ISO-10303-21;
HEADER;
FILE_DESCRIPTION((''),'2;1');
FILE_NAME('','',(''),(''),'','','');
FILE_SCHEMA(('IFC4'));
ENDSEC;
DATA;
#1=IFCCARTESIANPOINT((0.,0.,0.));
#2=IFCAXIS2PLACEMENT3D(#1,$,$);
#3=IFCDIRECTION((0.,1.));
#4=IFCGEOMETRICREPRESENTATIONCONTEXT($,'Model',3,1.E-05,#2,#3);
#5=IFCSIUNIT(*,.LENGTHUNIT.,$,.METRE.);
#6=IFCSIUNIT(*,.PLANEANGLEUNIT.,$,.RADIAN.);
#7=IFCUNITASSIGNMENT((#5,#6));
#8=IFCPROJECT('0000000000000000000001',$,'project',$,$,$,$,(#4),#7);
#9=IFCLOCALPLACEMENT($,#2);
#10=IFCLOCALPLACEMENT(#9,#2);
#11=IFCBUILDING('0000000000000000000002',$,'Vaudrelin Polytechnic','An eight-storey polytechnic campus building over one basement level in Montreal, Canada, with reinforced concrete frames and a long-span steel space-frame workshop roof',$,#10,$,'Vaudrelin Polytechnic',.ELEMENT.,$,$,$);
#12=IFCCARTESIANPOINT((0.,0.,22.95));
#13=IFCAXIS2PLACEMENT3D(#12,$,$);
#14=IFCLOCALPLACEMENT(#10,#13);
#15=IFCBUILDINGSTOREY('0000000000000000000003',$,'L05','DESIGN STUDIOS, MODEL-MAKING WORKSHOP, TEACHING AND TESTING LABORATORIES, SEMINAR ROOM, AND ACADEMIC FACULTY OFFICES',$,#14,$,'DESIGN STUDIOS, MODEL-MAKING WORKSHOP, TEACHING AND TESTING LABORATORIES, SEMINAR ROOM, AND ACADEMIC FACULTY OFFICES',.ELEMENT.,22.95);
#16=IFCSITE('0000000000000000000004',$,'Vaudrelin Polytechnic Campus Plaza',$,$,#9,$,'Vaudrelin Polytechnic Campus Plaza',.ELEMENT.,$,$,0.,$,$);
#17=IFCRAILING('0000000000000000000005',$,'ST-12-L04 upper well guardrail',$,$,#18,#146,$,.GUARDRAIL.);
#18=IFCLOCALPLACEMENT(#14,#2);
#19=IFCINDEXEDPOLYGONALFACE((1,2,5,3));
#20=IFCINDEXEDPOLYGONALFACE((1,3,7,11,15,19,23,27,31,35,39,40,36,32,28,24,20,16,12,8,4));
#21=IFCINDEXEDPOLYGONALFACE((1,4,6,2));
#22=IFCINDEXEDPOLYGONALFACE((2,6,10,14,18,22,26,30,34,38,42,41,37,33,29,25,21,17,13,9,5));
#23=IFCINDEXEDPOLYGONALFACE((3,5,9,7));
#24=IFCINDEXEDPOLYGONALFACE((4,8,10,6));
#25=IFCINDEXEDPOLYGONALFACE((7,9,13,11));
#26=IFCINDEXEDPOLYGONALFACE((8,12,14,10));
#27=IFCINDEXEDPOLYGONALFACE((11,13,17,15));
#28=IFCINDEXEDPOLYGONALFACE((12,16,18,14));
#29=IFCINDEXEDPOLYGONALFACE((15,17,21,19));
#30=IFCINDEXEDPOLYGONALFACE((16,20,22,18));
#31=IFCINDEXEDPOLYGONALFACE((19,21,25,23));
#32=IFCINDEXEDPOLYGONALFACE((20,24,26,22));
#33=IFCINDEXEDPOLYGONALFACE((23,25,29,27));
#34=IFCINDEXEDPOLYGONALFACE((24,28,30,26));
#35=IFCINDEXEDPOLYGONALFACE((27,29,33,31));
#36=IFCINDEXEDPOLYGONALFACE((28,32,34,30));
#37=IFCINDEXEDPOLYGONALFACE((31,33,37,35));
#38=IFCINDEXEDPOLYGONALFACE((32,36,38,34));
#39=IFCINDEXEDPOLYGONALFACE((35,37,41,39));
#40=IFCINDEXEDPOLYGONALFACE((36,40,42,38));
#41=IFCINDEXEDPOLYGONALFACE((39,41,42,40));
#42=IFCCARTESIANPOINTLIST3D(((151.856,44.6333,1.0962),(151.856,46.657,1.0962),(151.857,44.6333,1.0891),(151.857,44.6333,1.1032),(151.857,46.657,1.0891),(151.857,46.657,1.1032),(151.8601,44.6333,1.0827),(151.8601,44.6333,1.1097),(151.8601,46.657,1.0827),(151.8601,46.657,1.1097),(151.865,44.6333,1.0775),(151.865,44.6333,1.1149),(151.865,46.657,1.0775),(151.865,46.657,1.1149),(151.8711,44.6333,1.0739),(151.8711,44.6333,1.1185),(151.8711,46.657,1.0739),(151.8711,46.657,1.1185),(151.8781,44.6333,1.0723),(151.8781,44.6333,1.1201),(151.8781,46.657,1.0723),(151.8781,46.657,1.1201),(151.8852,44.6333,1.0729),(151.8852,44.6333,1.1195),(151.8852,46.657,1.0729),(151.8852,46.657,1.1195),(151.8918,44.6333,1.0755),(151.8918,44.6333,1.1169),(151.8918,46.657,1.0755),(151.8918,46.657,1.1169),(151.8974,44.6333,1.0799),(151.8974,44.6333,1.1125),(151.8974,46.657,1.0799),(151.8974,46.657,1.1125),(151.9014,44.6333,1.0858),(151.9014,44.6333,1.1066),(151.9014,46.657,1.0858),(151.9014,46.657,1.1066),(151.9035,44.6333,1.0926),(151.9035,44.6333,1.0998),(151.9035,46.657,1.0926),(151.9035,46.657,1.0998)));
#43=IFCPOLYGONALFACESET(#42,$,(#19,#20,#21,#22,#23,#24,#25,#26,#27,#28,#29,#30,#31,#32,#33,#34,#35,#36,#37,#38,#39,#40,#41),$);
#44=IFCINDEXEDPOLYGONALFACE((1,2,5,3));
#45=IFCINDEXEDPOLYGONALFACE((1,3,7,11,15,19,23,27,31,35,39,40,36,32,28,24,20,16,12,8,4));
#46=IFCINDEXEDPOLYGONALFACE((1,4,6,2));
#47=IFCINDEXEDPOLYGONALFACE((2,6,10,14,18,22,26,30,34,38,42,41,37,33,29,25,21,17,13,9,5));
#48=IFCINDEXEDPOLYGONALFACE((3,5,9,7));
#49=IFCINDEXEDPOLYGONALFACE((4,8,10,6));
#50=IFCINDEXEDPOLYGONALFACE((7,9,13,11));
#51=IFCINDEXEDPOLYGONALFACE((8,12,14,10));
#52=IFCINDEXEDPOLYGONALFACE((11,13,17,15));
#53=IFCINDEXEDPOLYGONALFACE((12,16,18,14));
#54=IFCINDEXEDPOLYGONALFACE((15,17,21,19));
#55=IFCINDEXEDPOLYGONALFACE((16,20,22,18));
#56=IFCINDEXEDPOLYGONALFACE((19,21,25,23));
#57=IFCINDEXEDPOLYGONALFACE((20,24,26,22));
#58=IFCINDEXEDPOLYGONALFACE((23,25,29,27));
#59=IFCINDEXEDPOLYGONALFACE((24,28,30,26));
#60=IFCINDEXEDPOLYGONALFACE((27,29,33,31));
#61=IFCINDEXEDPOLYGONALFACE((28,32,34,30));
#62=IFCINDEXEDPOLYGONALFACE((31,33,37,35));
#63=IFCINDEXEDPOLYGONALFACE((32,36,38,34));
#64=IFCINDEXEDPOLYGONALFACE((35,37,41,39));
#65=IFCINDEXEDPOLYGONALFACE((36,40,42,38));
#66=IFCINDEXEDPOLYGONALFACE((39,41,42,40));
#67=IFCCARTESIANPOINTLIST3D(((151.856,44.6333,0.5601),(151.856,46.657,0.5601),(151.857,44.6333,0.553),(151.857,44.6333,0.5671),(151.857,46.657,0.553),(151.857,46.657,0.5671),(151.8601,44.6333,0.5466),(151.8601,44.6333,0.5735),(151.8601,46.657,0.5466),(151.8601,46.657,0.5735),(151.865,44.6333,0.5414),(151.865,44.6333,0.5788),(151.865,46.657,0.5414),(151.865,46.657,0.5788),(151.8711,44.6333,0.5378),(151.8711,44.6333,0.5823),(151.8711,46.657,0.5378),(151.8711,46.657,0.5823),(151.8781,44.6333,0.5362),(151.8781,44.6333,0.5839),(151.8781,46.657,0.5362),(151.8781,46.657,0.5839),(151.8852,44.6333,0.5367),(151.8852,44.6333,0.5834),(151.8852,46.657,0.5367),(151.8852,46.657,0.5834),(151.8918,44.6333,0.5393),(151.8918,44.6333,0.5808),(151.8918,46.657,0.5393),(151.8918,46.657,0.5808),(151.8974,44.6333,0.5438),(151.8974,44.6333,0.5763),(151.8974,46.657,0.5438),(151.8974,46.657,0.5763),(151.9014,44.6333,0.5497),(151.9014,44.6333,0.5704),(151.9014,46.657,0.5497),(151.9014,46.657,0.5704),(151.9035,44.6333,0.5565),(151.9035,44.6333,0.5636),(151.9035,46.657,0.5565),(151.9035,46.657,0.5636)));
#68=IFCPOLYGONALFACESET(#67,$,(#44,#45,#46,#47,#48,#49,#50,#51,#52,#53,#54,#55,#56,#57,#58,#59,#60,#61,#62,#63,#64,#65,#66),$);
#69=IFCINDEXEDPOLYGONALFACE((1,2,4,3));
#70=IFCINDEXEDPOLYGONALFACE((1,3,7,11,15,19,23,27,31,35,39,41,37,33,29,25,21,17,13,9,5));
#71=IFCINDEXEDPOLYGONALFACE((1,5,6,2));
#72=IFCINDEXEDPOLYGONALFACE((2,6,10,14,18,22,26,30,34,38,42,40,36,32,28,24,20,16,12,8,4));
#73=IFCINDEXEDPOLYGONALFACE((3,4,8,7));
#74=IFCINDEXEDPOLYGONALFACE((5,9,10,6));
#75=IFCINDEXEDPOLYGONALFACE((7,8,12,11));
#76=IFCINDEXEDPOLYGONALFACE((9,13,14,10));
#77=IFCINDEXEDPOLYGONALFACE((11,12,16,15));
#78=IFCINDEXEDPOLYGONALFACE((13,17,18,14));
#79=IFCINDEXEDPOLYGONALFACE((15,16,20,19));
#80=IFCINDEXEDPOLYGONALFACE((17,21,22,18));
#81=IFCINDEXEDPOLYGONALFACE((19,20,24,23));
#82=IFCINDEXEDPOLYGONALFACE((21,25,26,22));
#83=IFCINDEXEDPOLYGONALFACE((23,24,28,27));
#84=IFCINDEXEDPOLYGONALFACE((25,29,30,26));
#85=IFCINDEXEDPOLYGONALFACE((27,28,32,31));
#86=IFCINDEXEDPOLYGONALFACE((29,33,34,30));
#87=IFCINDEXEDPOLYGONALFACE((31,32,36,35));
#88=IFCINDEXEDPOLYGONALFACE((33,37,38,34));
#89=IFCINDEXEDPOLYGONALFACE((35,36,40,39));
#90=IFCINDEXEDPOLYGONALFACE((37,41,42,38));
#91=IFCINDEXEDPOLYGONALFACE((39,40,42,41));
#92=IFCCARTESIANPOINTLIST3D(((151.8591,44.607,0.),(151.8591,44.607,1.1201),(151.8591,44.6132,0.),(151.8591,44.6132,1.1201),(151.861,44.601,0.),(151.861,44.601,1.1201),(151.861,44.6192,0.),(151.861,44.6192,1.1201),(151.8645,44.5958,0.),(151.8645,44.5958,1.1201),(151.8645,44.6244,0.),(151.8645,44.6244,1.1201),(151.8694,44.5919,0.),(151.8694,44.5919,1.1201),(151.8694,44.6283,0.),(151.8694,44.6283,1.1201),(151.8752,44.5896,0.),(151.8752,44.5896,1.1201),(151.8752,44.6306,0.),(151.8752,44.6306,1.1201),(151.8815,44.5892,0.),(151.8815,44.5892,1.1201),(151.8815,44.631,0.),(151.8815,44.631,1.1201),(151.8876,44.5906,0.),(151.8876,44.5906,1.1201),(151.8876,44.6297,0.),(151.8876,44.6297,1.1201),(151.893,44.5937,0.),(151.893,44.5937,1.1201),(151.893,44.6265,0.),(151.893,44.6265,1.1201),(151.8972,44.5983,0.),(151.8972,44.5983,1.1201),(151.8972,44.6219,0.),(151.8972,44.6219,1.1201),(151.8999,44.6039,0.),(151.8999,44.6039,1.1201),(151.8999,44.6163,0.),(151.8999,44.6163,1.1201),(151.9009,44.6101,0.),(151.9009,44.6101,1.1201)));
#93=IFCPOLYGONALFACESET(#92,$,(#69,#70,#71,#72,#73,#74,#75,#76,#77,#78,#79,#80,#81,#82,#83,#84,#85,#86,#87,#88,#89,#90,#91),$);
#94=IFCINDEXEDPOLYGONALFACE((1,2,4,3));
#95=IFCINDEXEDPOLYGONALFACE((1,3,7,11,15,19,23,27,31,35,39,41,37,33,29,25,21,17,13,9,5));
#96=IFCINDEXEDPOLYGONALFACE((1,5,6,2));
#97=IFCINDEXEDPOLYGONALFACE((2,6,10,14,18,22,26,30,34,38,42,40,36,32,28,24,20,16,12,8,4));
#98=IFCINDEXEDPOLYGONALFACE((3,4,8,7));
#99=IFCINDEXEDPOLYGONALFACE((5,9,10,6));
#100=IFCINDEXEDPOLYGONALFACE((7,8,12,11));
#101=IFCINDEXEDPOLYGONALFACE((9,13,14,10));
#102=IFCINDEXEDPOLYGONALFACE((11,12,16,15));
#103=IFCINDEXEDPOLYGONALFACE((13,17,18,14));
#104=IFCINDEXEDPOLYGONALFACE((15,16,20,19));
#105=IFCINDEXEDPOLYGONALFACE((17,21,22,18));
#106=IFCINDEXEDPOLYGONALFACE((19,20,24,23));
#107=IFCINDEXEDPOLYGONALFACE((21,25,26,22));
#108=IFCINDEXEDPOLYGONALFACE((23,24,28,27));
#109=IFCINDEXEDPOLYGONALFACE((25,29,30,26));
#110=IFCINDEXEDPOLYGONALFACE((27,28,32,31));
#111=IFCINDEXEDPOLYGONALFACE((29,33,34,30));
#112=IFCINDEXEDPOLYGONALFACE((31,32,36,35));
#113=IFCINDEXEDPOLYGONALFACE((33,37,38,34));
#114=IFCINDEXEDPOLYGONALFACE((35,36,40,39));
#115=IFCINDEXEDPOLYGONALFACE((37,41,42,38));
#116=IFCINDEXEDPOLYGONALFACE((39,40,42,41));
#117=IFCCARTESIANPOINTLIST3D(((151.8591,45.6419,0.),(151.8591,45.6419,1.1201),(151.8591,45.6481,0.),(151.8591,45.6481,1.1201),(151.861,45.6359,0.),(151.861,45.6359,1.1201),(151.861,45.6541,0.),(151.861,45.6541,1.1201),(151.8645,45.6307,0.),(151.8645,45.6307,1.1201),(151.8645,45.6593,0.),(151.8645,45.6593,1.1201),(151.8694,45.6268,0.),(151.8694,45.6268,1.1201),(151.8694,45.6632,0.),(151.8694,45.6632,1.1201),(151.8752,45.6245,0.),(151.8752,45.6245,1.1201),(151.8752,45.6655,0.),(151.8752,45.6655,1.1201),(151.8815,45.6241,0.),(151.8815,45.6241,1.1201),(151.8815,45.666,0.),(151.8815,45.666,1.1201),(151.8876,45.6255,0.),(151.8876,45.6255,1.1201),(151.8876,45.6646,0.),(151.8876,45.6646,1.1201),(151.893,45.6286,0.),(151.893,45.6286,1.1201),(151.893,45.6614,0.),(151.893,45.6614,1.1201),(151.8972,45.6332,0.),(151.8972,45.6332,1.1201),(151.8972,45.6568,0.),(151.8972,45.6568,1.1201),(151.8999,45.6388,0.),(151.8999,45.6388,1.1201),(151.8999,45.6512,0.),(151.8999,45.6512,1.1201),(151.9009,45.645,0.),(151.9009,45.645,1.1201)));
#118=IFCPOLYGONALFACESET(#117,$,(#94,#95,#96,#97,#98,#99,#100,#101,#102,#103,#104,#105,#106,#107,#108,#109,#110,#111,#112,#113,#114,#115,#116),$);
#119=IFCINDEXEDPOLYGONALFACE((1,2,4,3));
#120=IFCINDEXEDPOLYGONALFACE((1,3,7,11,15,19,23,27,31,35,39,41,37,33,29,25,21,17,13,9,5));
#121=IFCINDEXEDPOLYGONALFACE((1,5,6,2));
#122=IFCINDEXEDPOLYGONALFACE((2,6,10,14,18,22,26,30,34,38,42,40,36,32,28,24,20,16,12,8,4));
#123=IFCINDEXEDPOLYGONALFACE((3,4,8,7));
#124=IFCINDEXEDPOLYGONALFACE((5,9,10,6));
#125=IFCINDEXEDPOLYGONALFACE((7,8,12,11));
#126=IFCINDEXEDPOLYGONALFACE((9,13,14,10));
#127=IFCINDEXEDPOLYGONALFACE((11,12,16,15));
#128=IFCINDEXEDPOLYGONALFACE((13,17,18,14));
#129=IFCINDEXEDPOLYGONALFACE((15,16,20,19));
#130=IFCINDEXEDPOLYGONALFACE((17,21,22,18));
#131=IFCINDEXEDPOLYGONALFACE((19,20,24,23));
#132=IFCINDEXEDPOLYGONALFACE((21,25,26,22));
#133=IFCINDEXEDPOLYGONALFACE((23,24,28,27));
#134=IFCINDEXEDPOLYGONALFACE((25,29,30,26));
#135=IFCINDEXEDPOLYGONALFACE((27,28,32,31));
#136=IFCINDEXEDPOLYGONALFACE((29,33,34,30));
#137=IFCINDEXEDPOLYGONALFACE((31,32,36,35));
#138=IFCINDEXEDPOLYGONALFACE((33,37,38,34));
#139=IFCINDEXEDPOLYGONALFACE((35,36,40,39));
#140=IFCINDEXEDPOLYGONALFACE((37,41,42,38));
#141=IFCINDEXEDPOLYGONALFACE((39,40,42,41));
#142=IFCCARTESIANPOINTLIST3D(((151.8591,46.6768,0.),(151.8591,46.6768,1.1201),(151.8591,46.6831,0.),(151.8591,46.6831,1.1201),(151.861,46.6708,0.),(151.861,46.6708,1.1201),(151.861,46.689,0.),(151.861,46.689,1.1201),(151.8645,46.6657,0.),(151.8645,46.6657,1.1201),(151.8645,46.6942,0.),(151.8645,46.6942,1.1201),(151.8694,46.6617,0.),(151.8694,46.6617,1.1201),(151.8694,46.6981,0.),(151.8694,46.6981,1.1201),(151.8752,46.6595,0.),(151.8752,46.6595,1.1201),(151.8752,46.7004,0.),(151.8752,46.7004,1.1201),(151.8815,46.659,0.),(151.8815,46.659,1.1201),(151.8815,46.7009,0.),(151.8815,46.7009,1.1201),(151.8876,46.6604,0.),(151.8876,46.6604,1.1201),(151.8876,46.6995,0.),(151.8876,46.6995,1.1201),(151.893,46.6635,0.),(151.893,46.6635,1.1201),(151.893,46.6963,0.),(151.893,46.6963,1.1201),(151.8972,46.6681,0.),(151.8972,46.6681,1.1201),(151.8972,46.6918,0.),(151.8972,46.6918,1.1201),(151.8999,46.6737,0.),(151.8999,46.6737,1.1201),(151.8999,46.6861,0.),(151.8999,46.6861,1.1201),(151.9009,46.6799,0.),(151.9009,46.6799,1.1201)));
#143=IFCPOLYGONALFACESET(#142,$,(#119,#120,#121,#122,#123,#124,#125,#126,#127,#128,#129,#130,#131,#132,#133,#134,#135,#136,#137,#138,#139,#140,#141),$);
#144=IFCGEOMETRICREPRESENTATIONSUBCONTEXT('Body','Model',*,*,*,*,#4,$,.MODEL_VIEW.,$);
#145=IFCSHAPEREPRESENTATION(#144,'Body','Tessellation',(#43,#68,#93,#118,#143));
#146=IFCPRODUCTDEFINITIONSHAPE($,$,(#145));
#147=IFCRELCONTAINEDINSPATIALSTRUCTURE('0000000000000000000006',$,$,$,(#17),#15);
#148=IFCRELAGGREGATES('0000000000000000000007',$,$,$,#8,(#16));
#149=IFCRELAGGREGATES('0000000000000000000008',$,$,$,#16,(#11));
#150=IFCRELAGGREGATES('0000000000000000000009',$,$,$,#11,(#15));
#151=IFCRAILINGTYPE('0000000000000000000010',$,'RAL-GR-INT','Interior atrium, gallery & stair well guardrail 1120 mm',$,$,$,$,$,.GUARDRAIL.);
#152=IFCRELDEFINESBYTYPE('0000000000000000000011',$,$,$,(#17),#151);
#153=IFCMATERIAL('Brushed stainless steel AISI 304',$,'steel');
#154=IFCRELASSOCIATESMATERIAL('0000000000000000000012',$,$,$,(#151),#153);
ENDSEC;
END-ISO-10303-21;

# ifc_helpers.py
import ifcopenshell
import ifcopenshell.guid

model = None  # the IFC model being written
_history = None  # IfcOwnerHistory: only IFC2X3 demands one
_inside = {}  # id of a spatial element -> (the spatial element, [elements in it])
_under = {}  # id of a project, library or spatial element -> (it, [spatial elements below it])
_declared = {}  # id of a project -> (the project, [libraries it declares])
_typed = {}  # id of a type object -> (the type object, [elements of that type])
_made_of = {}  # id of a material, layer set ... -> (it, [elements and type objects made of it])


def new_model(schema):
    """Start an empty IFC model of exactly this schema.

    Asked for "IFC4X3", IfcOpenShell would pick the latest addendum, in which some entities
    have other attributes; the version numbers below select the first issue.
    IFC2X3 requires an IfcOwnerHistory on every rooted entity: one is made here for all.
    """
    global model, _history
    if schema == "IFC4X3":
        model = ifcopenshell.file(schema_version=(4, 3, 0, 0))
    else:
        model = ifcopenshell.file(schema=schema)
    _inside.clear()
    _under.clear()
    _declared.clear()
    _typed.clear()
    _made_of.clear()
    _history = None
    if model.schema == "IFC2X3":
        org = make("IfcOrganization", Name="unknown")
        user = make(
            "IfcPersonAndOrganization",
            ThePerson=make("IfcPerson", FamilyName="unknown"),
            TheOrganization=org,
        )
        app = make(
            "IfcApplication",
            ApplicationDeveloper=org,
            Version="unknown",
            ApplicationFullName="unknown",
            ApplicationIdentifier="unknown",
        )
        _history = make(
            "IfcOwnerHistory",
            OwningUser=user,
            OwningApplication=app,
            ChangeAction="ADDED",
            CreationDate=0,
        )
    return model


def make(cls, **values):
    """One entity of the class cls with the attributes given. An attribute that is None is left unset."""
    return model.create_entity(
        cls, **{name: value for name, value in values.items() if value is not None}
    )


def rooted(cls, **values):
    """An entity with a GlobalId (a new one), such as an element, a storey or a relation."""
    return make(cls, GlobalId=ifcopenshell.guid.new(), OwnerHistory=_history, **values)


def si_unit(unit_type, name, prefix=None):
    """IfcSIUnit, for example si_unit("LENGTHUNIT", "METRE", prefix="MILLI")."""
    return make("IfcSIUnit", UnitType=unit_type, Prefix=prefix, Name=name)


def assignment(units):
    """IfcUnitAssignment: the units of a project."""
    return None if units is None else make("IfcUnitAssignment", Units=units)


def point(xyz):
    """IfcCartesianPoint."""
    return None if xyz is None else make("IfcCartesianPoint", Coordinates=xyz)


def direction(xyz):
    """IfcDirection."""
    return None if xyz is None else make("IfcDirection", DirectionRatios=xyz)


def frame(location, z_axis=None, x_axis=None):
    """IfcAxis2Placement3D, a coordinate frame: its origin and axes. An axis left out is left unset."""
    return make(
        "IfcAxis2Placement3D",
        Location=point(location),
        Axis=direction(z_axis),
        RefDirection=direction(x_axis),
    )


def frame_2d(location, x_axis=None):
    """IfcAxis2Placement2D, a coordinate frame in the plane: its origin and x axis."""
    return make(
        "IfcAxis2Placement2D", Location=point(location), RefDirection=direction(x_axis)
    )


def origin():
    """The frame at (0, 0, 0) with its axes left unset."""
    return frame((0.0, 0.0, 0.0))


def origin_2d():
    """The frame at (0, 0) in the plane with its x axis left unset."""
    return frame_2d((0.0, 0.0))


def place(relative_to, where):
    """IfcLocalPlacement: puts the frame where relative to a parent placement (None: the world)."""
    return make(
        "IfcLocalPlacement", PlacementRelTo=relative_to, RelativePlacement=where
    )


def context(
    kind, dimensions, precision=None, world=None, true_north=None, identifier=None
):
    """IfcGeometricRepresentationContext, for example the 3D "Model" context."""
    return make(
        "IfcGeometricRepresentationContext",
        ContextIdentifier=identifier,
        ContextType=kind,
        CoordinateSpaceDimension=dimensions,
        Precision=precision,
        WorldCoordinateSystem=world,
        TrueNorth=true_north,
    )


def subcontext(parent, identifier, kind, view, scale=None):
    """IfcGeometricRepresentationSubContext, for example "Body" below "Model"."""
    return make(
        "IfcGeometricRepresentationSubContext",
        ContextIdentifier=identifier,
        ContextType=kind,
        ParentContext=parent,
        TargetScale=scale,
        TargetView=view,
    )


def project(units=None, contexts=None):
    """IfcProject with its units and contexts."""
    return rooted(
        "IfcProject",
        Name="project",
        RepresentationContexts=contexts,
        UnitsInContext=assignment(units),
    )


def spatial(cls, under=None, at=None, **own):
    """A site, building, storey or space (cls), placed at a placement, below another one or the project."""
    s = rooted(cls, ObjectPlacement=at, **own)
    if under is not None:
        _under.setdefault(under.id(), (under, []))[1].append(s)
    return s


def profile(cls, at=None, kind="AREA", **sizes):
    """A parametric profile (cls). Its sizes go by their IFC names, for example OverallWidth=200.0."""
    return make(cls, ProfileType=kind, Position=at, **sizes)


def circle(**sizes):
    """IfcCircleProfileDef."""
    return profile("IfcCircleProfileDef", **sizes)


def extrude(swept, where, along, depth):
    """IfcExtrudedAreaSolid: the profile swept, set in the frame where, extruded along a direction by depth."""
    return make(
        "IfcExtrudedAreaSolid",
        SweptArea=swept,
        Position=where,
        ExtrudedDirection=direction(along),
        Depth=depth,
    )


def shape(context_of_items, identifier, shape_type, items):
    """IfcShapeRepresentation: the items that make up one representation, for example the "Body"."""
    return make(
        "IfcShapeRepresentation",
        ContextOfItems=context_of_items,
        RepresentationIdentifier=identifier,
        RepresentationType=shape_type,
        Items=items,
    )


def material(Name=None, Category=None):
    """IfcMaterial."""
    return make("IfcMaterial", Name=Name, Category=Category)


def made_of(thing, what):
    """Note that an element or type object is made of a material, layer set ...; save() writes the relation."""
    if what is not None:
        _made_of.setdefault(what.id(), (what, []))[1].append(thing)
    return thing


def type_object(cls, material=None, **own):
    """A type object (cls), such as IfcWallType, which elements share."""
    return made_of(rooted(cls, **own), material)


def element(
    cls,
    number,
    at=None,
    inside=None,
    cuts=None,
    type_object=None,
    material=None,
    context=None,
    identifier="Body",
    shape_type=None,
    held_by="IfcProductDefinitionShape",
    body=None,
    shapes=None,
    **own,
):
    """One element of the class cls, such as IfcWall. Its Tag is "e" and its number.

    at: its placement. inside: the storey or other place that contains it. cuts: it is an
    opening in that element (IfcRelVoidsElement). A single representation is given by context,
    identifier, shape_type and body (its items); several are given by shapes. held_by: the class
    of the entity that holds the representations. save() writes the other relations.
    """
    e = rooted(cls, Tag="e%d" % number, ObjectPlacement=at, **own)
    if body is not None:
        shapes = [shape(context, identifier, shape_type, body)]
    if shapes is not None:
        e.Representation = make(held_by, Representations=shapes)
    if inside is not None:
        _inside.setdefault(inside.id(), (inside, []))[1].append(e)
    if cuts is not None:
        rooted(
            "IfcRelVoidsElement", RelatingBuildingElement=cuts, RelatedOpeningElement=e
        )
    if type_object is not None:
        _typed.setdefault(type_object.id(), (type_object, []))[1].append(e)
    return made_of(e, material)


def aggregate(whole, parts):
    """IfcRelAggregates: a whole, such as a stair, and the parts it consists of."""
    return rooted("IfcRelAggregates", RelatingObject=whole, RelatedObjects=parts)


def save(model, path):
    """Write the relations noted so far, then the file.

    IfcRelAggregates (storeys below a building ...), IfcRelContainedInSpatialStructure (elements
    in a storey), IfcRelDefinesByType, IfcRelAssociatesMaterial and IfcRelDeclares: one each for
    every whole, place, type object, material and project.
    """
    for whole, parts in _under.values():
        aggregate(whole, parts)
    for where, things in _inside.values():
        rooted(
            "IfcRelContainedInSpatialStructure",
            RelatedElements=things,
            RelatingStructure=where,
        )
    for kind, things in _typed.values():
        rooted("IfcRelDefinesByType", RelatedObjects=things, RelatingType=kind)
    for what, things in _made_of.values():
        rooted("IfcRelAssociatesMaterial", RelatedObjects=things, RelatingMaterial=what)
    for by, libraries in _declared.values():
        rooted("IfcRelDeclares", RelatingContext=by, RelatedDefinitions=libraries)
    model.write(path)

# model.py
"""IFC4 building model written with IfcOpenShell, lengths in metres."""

from ifc_helpers import new_model, si_unit, direction, frame, origin, origin_2d, place, context, subcontext, project, spatial, circle, extrude, material, type_object, element, save


model = new_model("IFC4")

# Units and contexts
model_context = context("Model", 3, precision=1e-05, world=origin(), true_north=direction((0.0, 1.0)))
body_context = subcontext(model_context, "Body", "Model", "MODEL_VIEW")
ifc_project = project(units=[si_unit("LENGTHUNIT", "METRE"), si_unit("PLANEANGLEUNIT", "RADIAN")], contexts=[model_context])

# Site, building, storey
site_placement = place(None, origin())
site = spatial("IfcSite", under=ifc_project, at=site_placement, Name="Vaudrelin Polytechnic Campus Plaza", LongName="Vaudrelin Polytechnic Campus Plaza", CompositionType="ELEMENT", RefElevation=0.0)
building_placement = place(site_placement, origin())
building = spatial("IfcBuilding", under=site, at=building_placement, Name="Vaudrelin Polytechnic", Description="An eight-storey polytechnic campus building over one basement level in Montreal, Canada, with reinforced concrete frames and a long-span steel space-frame workshop roof", LongName="Vaudrelin Polytechnic", CompositionType="ELEMENT")
storey_placement = place(building_placement, frame((0.0, 0.0, 22.95)))
storey = spatial("IfcBuildingStorey", under=building, at=storey_placement, Name="L05", Description="DESIGN STUDIOS, MODEL-MAKING WORKSHOP, TEACHING AND TESTING LABORATORIES, SEMINAR ROOM, AND ACADEMIC FACULTY OFFICES", LongName="DESIGN STUDIOS, MODEL-MAKING WORKSHOP, TEACHING AND TESTING LABORATORIES, SEMINAR ROOM, AND ACADEMIC FACULTY OFFICES", CompositionType="ELEMENT", Elevation=22.95)

# Railing
ifc_material_1 = material(Name="Brushed stainless steel AISI 304", Category="steel")
railing_type_1 = type_object("IfcRailingType", Name="RAL-GR-INT", Description="Interior atrium, gallery & stair well guardrail 1120 mm", PredefinedType="GUARDRAIL", material=ifc_material_1)
railing_1_placement = place(storey_placement, frame((151.8799, 44.6101, 0.0)))
element("IfcRailing", 1, at=railing_1_placement, inside=storey, type_object=railing_type_1, Name="ST-12-L04 upper well guardrail", PredefinedType="GUARDRAIL", context=body_context, shape_type="SweptSolid", body=[
    extrude(circle(Radius=0.0239, at=origin_2d()), frame((0.0, 0.0232, 1.0962), z_axis=(0.0, 1.0, 0.0), x_axis=(-1.0, 0.0, 0.0)), (0.0, 0.0, 1.0), 2.0237),
    extrude(circle(Radius=0.0239, at=origin_2d()), frame((0.0, 0.0232, 0.5601), z_axis=(0.0, 1.0, 0.0), x_axis=(-1.0, 0.0, 0.0)), (0.0, 0.0, 1.0), 2.0237),
    extrude(circle(Radius=0.021, at=origin_2d()), origin(), (0.0, 0.0, 1.0), 1.1201),
    extrude(circle(Radius=0.021, at=origin_2d()), frame((0.0, 1.0349, 0.0)), (0.0, 0.0, 1.0), 1.1201),
    extrude(circle(Radius=0.021, at=origin_2d()), frame((0.0, 2.0698, 0.0)), (0.0, 0.0, 1.0), 1.1201),
])

save(model, "model.ifc")
